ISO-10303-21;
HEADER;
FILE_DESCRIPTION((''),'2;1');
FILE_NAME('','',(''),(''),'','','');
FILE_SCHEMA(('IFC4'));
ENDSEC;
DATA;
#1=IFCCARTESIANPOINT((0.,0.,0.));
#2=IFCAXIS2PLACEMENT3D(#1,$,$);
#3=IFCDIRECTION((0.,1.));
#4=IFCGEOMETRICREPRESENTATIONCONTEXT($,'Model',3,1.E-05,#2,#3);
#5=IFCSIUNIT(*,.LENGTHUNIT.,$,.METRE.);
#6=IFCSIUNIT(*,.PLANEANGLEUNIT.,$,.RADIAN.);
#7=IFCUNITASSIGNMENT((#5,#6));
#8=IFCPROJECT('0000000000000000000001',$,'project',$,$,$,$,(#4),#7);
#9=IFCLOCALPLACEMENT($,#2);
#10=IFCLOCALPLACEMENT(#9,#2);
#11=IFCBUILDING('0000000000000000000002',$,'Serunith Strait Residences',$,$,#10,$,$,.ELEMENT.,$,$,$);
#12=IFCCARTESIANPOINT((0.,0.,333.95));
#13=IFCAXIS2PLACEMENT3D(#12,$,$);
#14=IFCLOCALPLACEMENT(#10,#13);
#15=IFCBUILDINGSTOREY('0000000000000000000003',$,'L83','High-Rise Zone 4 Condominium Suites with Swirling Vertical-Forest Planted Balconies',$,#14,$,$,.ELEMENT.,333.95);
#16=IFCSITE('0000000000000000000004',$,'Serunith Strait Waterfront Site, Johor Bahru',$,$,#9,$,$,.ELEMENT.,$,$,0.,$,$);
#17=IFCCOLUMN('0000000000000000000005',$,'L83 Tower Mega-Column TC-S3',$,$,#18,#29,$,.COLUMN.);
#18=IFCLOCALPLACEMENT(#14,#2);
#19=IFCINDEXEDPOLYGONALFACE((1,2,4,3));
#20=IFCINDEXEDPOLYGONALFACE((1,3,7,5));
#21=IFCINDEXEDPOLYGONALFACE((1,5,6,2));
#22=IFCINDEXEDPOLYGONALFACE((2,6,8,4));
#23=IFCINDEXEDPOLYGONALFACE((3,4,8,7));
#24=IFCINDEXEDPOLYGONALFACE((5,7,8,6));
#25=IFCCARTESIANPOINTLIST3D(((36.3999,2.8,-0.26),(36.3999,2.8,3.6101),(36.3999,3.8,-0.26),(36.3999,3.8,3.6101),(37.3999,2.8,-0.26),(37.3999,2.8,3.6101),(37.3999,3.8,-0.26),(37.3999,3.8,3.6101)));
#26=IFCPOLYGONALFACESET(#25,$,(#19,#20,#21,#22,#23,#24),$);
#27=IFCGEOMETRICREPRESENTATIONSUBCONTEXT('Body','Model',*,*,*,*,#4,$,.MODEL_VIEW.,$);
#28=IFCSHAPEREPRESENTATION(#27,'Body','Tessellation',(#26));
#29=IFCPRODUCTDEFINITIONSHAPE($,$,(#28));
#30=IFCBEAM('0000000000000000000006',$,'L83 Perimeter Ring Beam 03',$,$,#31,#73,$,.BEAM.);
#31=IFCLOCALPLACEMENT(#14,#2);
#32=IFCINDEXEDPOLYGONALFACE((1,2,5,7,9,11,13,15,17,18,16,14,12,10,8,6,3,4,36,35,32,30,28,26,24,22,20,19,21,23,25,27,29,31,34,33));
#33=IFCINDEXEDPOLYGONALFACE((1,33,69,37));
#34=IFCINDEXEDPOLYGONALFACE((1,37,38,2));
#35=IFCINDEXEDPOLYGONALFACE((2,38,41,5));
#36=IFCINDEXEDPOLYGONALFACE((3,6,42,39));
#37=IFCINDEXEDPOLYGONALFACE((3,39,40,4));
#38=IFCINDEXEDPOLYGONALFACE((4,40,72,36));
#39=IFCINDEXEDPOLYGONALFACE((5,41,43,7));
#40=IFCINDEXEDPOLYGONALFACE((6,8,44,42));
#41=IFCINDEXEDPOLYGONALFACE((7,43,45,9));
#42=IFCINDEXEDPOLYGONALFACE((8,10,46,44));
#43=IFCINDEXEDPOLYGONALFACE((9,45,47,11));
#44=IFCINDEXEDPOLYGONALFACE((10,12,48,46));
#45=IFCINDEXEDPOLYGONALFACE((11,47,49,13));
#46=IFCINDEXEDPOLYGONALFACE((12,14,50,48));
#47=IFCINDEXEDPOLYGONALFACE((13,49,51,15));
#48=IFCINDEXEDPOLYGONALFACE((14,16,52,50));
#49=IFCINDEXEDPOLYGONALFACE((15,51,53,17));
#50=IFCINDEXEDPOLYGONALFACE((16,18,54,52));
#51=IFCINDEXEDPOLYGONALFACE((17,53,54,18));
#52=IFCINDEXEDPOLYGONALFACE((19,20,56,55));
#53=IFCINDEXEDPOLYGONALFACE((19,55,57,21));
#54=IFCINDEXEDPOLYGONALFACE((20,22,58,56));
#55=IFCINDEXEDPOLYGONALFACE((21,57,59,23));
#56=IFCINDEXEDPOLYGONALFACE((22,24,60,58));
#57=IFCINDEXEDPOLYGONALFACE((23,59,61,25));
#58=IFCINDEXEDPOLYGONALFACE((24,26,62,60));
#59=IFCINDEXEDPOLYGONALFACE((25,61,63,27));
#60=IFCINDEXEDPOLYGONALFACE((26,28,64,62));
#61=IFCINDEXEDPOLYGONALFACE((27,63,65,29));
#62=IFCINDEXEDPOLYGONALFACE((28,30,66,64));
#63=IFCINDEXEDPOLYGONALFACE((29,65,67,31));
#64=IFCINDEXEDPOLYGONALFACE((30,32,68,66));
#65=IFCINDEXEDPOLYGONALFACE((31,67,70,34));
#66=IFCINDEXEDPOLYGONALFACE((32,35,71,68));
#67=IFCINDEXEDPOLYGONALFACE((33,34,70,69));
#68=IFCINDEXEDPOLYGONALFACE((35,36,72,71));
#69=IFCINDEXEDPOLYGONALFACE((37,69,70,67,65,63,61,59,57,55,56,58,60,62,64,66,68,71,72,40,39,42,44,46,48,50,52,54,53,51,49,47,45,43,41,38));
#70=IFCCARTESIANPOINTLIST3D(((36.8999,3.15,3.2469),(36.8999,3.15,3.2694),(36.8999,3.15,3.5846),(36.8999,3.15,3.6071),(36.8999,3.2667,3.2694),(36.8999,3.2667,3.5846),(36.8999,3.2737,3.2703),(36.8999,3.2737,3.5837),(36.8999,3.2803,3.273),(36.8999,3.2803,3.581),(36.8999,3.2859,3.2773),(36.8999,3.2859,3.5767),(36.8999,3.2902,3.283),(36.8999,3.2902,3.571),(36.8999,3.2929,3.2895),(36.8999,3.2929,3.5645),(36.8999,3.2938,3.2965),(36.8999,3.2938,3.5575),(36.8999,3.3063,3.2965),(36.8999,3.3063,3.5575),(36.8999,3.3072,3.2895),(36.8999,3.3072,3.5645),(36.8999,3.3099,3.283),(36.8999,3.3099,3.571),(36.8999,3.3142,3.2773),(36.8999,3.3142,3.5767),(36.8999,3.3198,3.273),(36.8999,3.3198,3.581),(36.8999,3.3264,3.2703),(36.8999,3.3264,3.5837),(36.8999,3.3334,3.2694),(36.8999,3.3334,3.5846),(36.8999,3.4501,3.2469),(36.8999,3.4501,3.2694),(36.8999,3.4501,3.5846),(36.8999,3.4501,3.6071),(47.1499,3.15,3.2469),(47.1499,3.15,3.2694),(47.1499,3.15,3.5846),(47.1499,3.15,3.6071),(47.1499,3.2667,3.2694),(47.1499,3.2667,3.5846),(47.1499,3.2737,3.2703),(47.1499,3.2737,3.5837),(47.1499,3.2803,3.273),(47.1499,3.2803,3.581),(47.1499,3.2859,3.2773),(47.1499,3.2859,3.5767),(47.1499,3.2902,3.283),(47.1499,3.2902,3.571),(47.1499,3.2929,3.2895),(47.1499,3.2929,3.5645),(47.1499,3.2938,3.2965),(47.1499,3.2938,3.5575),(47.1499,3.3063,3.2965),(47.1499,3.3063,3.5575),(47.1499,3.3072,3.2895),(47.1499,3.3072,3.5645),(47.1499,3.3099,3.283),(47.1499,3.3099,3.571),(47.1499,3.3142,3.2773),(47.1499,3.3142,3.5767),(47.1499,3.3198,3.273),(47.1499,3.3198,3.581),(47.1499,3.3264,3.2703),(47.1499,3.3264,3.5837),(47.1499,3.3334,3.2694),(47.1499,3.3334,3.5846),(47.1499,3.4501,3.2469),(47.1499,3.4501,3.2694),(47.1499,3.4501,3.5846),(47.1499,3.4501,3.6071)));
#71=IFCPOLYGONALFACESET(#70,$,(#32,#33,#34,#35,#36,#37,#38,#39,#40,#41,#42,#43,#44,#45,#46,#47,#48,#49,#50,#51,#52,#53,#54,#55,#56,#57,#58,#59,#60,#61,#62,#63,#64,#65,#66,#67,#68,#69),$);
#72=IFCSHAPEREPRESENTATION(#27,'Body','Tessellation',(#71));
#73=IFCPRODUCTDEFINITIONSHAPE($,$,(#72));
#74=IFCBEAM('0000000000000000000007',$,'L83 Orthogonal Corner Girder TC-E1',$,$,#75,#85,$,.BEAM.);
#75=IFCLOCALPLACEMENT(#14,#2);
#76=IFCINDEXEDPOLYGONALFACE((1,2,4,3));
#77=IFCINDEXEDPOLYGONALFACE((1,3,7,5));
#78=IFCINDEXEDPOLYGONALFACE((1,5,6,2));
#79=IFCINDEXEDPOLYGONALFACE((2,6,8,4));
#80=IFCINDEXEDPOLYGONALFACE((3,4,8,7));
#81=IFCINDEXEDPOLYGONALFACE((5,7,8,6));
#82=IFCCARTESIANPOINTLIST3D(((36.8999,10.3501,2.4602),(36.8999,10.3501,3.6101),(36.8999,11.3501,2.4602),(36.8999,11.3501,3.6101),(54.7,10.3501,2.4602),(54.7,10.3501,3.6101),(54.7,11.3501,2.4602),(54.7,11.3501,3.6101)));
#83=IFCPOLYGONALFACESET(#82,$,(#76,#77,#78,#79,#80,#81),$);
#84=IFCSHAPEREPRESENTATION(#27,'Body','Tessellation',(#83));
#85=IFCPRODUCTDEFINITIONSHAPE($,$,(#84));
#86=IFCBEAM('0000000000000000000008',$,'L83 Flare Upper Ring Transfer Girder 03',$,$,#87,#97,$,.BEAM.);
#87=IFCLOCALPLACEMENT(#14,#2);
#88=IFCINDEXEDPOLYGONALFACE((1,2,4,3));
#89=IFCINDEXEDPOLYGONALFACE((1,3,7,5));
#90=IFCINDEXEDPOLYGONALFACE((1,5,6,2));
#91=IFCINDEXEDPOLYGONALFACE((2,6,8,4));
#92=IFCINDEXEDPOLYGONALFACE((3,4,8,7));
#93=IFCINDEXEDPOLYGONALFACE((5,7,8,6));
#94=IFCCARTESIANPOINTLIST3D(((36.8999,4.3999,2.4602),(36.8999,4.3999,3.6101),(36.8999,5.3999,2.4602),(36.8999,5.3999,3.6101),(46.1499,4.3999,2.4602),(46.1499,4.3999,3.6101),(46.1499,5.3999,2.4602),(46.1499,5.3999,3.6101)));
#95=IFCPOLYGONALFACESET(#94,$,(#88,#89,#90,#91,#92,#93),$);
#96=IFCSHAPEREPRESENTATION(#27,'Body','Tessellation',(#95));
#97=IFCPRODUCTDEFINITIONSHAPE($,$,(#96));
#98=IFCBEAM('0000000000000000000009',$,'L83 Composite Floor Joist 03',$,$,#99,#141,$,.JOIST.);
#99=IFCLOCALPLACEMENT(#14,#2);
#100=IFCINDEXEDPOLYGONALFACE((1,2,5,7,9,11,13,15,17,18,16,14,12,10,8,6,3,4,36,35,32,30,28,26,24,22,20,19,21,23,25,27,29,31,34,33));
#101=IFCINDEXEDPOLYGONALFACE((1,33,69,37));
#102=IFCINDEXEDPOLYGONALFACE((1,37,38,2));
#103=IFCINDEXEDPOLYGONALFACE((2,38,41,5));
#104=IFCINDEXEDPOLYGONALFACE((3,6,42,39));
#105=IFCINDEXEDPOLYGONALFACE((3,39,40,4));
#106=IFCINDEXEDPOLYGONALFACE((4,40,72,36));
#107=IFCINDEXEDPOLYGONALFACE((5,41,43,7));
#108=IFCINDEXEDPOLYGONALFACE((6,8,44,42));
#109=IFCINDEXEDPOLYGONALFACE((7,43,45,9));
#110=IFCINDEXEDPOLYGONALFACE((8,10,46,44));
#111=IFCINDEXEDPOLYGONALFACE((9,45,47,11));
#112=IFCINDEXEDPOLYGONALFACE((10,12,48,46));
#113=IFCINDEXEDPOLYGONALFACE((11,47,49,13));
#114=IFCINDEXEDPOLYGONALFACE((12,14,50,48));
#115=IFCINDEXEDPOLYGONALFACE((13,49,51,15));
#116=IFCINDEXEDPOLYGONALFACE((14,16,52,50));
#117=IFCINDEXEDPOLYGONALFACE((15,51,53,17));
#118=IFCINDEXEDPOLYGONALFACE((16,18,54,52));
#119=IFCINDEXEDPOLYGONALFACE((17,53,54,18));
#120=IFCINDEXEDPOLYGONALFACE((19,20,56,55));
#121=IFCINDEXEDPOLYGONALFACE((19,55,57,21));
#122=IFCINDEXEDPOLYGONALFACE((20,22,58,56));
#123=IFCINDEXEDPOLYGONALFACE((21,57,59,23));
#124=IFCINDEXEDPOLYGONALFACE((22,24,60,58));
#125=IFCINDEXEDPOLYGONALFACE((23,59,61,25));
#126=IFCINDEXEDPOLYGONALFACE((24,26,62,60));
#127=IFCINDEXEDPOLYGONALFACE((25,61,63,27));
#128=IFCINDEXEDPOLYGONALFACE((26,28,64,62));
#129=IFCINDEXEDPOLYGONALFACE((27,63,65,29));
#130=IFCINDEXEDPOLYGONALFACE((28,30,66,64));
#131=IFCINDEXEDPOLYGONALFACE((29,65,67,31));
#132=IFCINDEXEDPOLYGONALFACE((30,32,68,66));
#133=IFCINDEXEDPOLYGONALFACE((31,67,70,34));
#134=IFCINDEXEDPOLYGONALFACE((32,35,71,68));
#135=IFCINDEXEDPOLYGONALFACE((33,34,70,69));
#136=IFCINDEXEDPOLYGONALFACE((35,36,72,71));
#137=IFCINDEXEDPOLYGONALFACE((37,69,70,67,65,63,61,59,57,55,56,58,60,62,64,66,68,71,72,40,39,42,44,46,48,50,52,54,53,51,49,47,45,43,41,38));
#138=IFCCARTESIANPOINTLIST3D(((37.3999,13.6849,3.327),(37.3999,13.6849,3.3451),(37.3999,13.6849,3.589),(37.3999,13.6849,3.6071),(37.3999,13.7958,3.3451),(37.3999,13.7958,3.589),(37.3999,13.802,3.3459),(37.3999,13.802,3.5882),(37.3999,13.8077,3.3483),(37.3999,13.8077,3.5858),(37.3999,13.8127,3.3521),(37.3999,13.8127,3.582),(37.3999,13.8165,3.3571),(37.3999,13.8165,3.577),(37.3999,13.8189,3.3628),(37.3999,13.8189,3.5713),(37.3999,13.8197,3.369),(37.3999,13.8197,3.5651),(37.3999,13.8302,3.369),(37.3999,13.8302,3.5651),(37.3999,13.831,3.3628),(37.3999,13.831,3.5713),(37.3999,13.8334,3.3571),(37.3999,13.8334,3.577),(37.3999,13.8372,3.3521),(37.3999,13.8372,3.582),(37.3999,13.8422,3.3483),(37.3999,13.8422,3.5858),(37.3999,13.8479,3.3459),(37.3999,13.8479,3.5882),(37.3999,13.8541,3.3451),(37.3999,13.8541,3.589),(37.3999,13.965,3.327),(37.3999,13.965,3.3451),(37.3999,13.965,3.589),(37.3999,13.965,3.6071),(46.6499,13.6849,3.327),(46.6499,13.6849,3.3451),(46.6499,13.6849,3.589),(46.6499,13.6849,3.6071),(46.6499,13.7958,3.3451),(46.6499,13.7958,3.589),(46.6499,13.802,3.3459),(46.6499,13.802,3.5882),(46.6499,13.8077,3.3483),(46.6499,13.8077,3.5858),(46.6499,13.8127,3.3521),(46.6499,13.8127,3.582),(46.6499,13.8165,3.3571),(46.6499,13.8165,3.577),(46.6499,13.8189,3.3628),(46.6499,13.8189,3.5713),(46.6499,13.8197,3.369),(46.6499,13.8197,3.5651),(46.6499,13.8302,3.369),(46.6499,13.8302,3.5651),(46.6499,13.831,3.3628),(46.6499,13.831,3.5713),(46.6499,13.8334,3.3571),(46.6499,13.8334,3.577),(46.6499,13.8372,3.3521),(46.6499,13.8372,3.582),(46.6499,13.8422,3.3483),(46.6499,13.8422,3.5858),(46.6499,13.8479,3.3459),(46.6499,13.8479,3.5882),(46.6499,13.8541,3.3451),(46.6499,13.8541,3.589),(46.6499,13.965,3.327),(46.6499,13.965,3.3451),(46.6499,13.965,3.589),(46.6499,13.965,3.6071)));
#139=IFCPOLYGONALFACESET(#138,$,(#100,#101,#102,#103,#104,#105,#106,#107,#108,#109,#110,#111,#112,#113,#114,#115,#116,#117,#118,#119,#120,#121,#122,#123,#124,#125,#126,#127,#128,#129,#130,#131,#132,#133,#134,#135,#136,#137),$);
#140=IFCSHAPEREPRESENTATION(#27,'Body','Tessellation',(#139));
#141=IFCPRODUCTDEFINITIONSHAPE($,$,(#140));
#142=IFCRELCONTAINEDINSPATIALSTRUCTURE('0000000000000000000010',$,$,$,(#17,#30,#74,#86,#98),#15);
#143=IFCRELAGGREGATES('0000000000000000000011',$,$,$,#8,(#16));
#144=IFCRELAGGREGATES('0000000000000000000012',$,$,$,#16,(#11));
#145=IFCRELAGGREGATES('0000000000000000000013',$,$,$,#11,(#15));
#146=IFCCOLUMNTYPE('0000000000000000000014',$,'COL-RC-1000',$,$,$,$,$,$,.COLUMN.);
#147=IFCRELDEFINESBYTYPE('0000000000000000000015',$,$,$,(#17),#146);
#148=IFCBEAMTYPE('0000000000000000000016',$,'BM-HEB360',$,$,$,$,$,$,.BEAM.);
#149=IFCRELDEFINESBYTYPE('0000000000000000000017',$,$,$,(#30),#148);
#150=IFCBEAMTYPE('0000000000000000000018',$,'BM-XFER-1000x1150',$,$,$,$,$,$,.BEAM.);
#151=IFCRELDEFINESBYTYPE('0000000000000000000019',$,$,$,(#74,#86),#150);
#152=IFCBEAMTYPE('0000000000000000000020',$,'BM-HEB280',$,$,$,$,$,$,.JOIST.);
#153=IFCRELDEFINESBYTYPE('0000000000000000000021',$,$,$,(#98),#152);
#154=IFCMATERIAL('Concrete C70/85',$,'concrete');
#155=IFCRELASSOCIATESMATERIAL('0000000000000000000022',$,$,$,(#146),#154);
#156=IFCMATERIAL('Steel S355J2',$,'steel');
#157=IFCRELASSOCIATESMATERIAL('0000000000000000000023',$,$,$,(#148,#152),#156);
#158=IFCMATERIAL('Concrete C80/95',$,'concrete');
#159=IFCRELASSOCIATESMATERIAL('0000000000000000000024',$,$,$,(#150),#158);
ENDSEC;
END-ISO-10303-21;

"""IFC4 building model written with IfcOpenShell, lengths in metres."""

from ifc_helpers import new_model, si_unit, direction, frame, origin, origin_2d, place, context, subcontext, project, spatial, rectangle, i_section, extrude, source, transform, mapped, material, material_profile, profile_set, type_object, element, save


model = new_model("IFC4")

# Units and contexts
model_context = context("Model", 3, precision=1e-05, world=origin(), true_north=direction((0.0, 1.0)))
body_context = subcontext(model_context, "Body", "Model", "MODEL_VIEW")
ifc_project = project(units=[si_unit("LENGTHUNIT", "METRE"), si_unit("PLANEANGLEUNIT", "RADIAN")], contexts=[model_context])

# Site, building, storey
site_placement = place(None, origin())
site = spatial("IfcSite", under=ifc_project, at=site_placement, Name="Serunith Strait Waterfront Site, Johor Bahru", CompositionType="ELEMENT", RefElevation=0.0)
building_placement = place(site_placement, origin())
building = spatial("IfcBuilding", under=site, at=building_placement, Name="Serunith Strait Residences", CompositionType="ELEMENT")
storey_placement = place(building_placement, frame((0.0, 0.0, 333.95)))
storey = spatial("IfcBuildingStorey", under=building, at=storey_placement, Name="L83", Description="High-Rise Zone 4 Condominium Suites with Swirling Vertical-Forest Planted Balconies", CompositionType="ELEMENT", Elevation=333.95)

# Column
ifc_material_1 = material(Name="Concrete C70/85", Category="concrete")
ifc_material_profile_1 = material_profile(ifc_material_1, rectangle(XDim=1.0, YDim=1.0, at=origin_2d()), Name="RC 1000x1000")
ifc_profile_set_1 = profile_set([ifc_material_profile_1], Name="Concrete C70/85")
column_type = type_object("IfcColumnType", Name="COL-RC-1000", PredefinedType="COLUMN", material=ifc_profile_set_1)
shared_shape_1 = source(origin(), body_context, "Body", "SweptSolid", [
    extrude(rectangle(XDim=1.0, YDim=1.0, at=origin_2d()), origin(), (0.0, 0.0, 1.0), 3.8701),
])
column_placement = place(storey_placement, frame((36.8999, 3.3, -0.26), z_axis=(0.0, 0.0, 1.0), x_axis=(1.0, 0.0, 0.0)))
element("IfcColumn", 1, at=column_placement, inside=storey, type_object=column_type, Name="L83 Tower Mega-Column TC-S3", PredefinedType="COLUMN", context=body_context, shape_type="MappedRepresentation", body=[
    mapped(shared_shape_1, transform((0.0, 0.0, 0.0), scale=1.0)),
])

# Beams
ifc_material_2 = material(Name="Steel S355J2", Category="steel")
ifc_material_profile_2 = material_profile(ifc_material_2, i_section(OverallWidth=0.3, OverallDepth=0.3601, WebThickness=0.0125, FlangeThickness=0.0225, FilletRadius=0.0271, at=origin_2d()), Name="HEB 360")
ifc_profile_set_2 = profile_set([ifc_material_profile_2], Name="Steel S355J2")
beam_type_1 = type_object("IfcBeamType", Name="BM-HEB360", PredefinedType="BEAM", material=ifc_profile_set_2)
shared_shape_2 = source(origin(), body_context, "Body", "SweptSolid", [
    extrude(i_section(OverallWidth=0.3, OverallDepth=0.3601, WebThickness=0.0125, FlangeThickness=0.0225, FilletRadius=0.0271, at=origin_2d()), origin(), (0.0, 0.0, 1.0), 10.25),
])
beam_1_placement = place(storey_placement, frame((36.8999, 3.3, 3.427), z_axis=(1.0, 0.0, 0.0), x_axis=(0.0, 1.0, 0.0)))
element("IfcBeam", 2, at=beam_1_placement, inside=storey, type_object=beam_type_1, Name="L83 Perimeter Ring Beam 03", PredefinedType="BEAM", context=body_context, shape_type="MappedRepresentation", body=[
    mapped(shared_shape_2, transform((0.0, 0.0, 0.0), scale=1.0)),
])
ifc_material_3 = material(Name="Concrete C80/95", Category="concrete")
ifc_material_profile_3 = material_profile(ifc_material_3, rectangle(XDim=1.0, YDim=1.1499, at=origin_2d()), Name="RC 1000x1150")
ifc_profile_set_3 = profile_set([ifc_material_profile_3], Name="Concrete C80/95")
beam_type_2 = type_object("IfcBeamType", Name="BM-XFER-1000x1150", PredefinedType="BEAM", material=ifc_profile_set_3)
shared_shape_3 = source(origin(), body_context, "Body", "SweptSolid", [
    extrude(rectangle(XDim=1.0, YDim=1.1499, at=origin_2d()), origin(), (0.0, 0.0, 1.0), 17.8),
])
beam_2_placement = place(storey_placement, frame((36.8999, 10.8501, 3.0352), z_axis=(1.0, 0.0, 0.0), x_axis=(0.0, 1.0, 0.0)))
element("IfcBeam", 3, at=beam_2_placement, inside=storey, type_object=beam_type_2, Name="L83 Orthogonal Corner Girder TC-E1", PredefinedType="BEAM", context=body_context, shape_type="MappedRepresentation", body=[
    mapped(shared_shape_3, transform((0.0, 0.0, 0.0), scale=1.0)),
])
shared_shape_4 = source(origin(), body_context, "Body", "SweptSolid", [
    extrude(rectangle(XDim=1.0, YDim=1.1499, at=origin_2d()), origin(), (0.0, 0.0, 1.0), 9.25),
])
beam_3_placement = place(storey_placement, frame((36.8999, 4.8999, 3.0352), z_axis=(1.0, 0.0, 0.0), x_axis=(0.0, 1.0, 0.0)))
element("IfcBeam", 4, at=beam_3_placement, inside=storey, type_object=beam_type_2, Name="L83 Flare Upper Ring Transfer Girder 03", PredefinedType="BEAM", context=body_context, shape_type="MappedRepresentation", body=[
    mapped(shared_shape_4, transform((0.0, 0.0, 0.0), scale=1.0)),
])
ifc_material_profile_4 = material_profile(ifc_material_2, i_section(OverallWidth=0.28, OverallDepth=0.28, WebThickness=0.0105, FlangeThickness=0.0181, FilletRadius=0.0239, at=origin_2d()), Name="HEB 280")
ifc_profile_set_4 = profile_set([ifc_material_profile_4], Name="Steel S355J2")
beam_type_3 = type_object("IfcBeamType", Name="BM-HEB280", PredefinedType="JOIST", material=ifc_profile_set_4)
shared_shape_5 = source(origin(), body_context, "Body", "SweptSolid", [
    extrude(i_section(OverallWidth=0.28, OverallDepth=0.28, WebThickness=0.0105, FlangeThickness=0.0181, FilletRadius=0.0239, at=origin_2d()), origin(), (0.0, 0.0, 1.0), 9.25),
])
beam_4_placement = place(storey_placement, frame((37.3999, 13.825, 3.467), z_axis=(1.0, 0.0, 0.0), x_axis=(0.0, 1.0, 0.0)))
element("IfcBeam", 5, at=beam_4_placement, inside=storey, type_object=beam_type_3, Name="L83 Composite Floor Joist 03", PredefinedType="JOIST", context=body_context, shape_type="MappedRepresentation", body=[
    mapped(shared_shape_5, transform((0.0, 0.0, 0.0), scale=1.0)),
])

save(model, "model.ifc")
